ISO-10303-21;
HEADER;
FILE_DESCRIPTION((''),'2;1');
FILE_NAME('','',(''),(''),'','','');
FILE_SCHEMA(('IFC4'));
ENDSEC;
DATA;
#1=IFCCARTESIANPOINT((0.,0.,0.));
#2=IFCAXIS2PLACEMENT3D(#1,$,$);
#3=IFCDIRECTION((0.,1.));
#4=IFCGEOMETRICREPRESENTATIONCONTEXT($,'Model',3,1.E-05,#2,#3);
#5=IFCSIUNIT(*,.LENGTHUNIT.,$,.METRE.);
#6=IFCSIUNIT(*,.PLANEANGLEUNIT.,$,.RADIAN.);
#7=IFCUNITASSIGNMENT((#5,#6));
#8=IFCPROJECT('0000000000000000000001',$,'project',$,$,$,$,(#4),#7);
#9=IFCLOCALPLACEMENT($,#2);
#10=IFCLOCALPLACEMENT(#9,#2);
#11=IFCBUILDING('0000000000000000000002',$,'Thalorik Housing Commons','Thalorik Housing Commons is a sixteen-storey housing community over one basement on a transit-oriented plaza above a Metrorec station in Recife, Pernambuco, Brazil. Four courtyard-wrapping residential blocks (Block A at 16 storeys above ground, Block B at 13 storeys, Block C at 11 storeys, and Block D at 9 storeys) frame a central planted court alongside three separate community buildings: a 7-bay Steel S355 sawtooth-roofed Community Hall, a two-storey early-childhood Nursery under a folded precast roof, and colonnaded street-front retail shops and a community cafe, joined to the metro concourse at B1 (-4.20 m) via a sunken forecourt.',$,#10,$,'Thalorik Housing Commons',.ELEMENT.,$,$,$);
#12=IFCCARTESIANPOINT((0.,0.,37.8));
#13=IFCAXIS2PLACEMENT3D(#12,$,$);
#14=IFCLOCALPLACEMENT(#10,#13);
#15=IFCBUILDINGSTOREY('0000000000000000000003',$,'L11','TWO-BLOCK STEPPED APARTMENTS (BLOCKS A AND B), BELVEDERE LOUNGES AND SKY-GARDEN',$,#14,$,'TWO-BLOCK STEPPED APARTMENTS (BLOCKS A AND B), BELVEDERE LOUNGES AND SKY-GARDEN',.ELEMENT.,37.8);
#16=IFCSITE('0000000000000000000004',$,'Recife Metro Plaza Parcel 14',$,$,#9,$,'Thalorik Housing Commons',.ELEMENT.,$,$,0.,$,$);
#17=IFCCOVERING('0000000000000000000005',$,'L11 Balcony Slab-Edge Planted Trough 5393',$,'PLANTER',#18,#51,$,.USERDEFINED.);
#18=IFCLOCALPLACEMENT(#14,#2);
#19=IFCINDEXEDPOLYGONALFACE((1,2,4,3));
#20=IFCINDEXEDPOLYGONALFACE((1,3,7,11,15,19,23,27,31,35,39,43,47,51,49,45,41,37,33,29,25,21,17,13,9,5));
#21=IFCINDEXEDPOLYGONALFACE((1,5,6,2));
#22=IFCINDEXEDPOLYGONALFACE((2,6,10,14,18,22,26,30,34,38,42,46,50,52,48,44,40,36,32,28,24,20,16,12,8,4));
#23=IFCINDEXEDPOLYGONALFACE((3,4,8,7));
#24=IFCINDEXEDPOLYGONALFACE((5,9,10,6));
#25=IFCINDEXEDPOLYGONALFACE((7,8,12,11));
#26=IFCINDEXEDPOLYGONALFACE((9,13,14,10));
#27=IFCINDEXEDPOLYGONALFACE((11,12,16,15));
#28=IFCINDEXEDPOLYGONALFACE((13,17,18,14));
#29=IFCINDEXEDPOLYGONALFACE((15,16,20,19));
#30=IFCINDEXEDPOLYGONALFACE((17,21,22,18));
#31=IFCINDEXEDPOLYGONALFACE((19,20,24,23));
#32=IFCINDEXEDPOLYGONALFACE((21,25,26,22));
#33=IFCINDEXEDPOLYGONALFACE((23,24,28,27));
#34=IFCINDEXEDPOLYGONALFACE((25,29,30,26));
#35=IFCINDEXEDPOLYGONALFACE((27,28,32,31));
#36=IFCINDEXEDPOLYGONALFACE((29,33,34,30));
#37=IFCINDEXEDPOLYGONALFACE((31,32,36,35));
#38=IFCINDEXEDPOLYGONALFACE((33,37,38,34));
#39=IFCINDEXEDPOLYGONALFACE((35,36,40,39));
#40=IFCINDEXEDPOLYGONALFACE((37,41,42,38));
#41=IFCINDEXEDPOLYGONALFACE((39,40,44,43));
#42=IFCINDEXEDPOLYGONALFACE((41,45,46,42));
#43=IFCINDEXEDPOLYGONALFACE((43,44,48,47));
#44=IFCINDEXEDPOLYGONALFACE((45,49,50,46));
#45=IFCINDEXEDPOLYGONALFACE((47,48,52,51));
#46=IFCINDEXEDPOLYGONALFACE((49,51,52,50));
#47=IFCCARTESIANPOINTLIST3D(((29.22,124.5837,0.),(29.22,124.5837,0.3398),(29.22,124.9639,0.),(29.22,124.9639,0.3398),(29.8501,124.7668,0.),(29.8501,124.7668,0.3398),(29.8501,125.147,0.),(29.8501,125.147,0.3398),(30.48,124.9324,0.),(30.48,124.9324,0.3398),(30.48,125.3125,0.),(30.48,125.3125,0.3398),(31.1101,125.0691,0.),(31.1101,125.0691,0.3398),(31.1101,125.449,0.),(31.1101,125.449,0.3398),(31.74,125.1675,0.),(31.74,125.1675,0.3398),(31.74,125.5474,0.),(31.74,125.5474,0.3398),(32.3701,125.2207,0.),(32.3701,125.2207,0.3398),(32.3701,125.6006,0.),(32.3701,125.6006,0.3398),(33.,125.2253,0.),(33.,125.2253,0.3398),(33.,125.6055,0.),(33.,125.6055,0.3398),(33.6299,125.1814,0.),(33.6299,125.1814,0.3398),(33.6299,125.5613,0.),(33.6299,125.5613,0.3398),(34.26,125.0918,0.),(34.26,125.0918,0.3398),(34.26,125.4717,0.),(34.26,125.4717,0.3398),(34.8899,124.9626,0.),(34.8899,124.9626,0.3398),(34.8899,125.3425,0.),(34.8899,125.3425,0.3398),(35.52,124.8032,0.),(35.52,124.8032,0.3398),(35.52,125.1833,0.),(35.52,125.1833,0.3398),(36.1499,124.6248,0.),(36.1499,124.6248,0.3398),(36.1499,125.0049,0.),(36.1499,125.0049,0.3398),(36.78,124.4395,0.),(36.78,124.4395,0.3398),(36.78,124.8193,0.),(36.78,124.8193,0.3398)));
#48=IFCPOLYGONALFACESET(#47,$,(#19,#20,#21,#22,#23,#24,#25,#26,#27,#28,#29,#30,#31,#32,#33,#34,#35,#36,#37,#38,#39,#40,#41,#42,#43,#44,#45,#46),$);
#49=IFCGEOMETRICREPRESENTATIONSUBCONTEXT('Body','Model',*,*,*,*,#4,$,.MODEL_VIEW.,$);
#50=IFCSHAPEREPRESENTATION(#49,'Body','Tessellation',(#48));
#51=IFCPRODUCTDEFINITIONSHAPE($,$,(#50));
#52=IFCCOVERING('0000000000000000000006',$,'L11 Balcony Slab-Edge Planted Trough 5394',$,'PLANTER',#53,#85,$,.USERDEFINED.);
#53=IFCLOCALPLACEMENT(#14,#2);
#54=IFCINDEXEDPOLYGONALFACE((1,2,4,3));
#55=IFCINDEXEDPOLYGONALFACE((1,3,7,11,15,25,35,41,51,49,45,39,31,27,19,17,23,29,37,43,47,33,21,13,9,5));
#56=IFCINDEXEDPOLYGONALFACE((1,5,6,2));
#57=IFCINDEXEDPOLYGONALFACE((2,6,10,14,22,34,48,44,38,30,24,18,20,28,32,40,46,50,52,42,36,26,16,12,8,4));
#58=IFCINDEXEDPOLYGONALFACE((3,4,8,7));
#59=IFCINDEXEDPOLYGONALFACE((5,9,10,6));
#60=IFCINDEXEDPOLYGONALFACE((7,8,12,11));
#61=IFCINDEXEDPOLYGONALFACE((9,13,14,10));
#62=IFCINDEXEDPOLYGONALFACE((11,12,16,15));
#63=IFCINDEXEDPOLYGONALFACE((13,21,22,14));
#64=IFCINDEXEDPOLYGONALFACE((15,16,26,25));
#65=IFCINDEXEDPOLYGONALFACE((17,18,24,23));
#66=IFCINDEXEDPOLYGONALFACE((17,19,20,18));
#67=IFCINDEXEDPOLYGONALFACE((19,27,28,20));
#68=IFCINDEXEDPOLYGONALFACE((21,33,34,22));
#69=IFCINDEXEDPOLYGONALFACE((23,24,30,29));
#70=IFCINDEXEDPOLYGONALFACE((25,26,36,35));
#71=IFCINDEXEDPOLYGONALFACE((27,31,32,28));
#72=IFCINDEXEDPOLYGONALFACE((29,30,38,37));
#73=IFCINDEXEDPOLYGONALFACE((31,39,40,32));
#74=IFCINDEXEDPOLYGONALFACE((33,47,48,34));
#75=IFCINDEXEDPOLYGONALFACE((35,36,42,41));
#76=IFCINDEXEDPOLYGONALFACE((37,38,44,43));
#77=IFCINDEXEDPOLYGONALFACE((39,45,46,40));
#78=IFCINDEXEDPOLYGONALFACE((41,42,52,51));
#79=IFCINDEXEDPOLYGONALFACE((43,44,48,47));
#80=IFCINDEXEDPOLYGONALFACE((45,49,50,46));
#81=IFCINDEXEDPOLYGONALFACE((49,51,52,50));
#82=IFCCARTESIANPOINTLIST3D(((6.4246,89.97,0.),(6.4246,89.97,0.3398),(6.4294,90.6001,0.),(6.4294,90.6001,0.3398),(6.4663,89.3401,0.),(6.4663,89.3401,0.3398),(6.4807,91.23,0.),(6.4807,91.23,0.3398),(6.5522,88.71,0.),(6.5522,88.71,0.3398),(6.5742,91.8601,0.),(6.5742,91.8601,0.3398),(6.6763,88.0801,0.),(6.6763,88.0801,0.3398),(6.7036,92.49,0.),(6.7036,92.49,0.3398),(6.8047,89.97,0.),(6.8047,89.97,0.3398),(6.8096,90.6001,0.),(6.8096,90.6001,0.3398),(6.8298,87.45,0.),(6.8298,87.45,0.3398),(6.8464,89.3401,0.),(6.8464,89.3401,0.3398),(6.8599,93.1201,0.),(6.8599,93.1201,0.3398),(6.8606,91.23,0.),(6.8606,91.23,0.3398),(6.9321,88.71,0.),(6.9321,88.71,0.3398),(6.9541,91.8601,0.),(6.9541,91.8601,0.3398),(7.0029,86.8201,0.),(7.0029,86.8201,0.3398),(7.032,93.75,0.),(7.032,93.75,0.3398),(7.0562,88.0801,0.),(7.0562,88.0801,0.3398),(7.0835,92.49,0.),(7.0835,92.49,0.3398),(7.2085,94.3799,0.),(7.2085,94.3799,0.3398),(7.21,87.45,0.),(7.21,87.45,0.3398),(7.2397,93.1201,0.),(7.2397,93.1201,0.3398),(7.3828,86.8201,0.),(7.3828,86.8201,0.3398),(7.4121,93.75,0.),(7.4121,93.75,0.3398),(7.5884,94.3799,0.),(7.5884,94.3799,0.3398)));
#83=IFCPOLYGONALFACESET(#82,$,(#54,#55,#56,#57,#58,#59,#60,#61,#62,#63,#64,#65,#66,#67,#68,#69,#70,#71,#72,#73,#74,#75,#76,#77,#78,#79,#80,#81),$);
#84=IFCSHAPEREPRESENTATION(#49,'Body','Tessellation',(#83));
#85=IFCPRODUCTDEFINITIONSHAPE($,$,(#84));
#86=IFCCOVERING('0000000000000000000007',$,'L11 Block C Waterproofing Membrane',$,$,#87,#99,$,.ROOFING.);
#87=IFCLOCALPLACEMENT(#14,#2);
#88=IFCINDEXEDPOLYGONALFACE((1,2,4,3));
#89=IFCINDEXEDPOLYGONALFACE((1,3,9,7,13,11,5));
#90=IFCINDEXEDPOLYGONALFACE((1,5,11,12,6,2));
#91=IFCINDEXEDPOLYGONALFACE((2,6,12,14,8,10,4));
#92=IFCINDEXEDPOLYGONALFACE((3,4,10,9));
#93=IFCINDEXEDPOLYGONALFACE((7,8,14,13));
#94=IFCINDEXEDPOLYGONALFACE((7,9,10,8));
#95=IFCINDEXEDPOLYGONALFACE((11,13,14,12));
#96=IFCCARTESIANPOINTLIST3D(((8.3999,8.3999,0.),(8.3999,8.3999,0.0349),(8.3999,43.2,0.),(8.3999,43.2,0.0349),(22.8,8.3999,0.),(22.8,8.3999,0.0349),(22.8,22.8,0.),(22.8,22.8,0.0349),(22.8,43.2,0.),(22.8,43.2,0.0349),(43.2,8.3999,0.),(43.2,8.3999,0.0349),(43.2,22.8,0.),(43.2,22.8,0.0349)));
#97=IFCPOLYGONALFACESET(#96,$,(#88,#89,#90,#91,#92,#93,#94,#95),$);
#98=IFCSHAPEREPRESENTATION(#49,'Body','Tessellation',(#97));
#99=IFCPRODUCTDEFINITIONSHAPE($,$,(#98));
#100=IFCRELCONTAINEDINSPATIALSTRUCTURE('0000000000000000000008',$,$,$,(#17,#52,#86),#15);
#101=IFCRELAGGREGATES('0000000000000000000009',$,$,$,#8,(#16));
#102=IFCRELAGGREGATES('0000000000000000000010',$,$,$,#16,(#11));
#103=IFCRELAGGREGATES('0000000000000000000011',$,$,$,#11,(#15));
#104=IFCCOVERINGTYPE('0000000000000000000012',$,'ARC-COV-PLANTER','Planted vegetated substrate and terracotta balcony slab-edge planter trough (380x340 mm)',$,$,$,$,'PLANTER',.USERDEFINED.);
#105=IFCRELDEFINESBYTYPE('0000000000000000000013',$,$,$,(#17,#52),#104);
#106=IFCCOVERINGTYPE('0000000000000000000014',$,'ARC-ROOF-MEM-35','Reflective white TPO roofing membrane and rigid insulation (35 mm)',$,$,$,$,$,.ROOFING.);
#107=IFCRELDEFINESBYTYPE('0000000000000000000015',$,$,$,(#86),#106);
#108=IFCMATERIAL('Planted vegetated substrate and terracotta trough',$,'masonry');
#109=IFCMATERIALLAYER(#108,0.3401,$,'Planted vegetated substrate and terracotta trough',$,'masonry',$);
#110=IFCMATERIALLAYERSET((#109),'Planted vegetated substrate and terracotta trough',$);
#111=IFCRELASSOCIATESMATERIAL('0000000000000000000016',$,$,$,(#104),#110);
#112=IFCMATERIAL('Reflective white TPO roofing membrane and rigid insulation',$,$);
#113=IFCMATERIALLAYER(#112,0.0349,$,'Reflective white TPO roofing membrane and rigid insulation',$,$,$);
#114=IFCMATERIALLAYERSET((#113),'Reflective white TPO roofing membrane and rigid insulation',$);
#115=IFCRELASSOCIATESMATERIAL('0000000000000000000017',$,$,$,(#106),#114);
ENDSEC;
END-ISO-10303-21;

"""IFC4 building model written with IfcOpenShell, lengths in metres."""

from ifc_helpers import new_model, si_unit, direction, frame, origin, place, context, subcontext, project, spatial, polyline, outline, extrude, material, layer, layer_set, type_object, element, save


model = new_model("IFC4")

# Units and contexts
model_context = context("Model", 3, precision=1e-05, world=origin(), true_north=direction((0.0, 1.0)))
body_context = subcontext(model_context, "Body", "Model", "MODEL_VIEW")
ifc_project = project(units=[si_unit("LENGTHUNIT", "METRE"), si_unit("PLANEANGLEUNIT", "RADIAN")], contexts=[model_context])

# Site, building, storey
site_placement = place(None, origin())
site = spatial("IfcSite", under=ifc_project, at=site_placement, Name="Recife Metro Plaza Parcel 14", LongName="Thalorik Housing Commons", CompositionType="ELEMENT", RefElevation=0.0)
building_placement = place(site_placement, origin())
building = spatial("IfcBuilding", under=site, at=building_placement, Name="Thalorik Housing Commons", Description="Thalorik Housing Commons is a sixteen-storey housing community over one basement on a transit-oriented plaza above a Metrorec station in Recife, Pernambuco, Brazil. Four courtyard-wrapping residential blocks (Block A at 16 storeys above ground, Block B at 13 storeys, Block C at 11 storeys, and Block D at 9 storeys) frame a central planted court alongside three separate community buildings: a 7-bay Steel S355 sawtooth-roofed Community Hall, a two-storey early-childhood Nursery under a folded precast roof, and colonnaded street-front retail shops and a community cafe, joined to the metro concourse at B1 (-4.20 m) via a sunken forecourt.", LongName="Thalorik Housing Commons", CompositionType="ELEMENT")
storey_placement = place(building_placement, frame((0.0, 0.0, 37.8)))
storey = spatial("IfcBuildingStorey", under=building, at=storey_placement, Name="L11", Description="TWO-BLOCK STEPPED APARTMENTS (BLOCKS A AND B), BELVEDERE LOUNGES AND SKY-GARDEN", LongName="TWO-BLOCK STEPPED APARTMENTS (BLOCKS A AND B), BELVEDERE LOUNGES AND SKY-GARDEN", CompositionType="ELEMENT", Elevation=37.8)

# Coverings
ifc_material_1 = material(Name="Planted vegetated substrate and terracotta trough", Category="masonry")
ifc_layer_1 = layer(ifc_material_1, 0.3401, Name="Planted vegetated substrate and terracotta trough", Category="masonry")
ifc_layer_set_1 = layer_set([ifc_layer_1], Name="Planted vegetated substrate and terracotta trough")
covering_type_1 = type_object("IfcCoveringType", Name="ARC-COV-PLANTER", Description="Planted vegetated substrate and terracotta balcony slab-edge planter trough (380x340 mm)", ElementType="PLANTER", PredefinedType="USERDEFINED", material=ifc_layer_set_1)
covering_1_placement = place(storey_placement, origin())
element("IfcCovering", 1, at=covering_1_placement, inside=storey, type_object=covering_type_1, Name="L11 Balcony Slab-Edge Planted Trough 5393", ObjectType="PLANTER", PredefinedType="USERDEFINED", context=body_context, shape_type="SweptSolid", body=[
    extrude(outline(polyline([(36.78, 124.8193), (36.1499, 125.0049), (35.52, 125.1833), (34.8899, 125.3425), (34.26, 125.4717), (33.6299, 125.5613), (33.0, 125.6055), (32.3701, 125.6006), (31.74, 125.5474), (31.1101, 125.449), (30.48, 125.3125), (29.8501, 125.147), (29.22, 124.9639), (29.22, 124.5837), (29.8501, 124.7668), (30.48, 124.9324), (31.1101, 125.0691), (31.74, 125.1675), (32.3701, 125.2207), (33.0, 125.2253), (33.6299, 125.1814), (34.26, 125.0918), (34.8899, 124.9626), (35.52, 124.8032), (36.1499, 124.6248), (36.78, 124.4395), (36.78, 124.8193)])), origin(), (0.0, 0.0, 1.0), 0.3398),
])
covering_2_placement = place(storey_placement, origin())
element("IfcCovering", 2, at=covering_2_placement, inside=storey, type_object=covering_type_1, Name="L11 Balcony Slab-Edge Planted Trough 5394", ObjectType="PLANTER", PredefinedType="USERDEFINED", context=body_context, shape_type="SweptSolid", body=[
    extrude(outline(polyline([(7.2085, 94.3799), (7.032, 93.75), (6.8599, 93.1201), (6.7036, 92.49), (6.5742, 91.8601), (6.4807, 91.23), (6.4294, 90.6001), (6.4246, 89.97), (6.4663, 89.3401), (6.5522, 88.71), (6.6763, 88.0801), (6.8298, 87.45), (7.0029, 86.8201), (7.3828, 86.8201), (7.21, 87.45), (7.0562, 88.0801), (6.9321, 88.71), (6.8464, 89.3401), (6.8047, 89.97), (6.8096, 90.6001), (6.8606, 91.23), (6.9541, 91.8601), (7.0835, 92.49), (7.2397, 93.1201), (7.4121, 93.75), (7.5884, 94.3799), (7.2085, 94.3799)])), origin(), (0.0, 0.0, 1.0), 0.3398),
])
ifc_material_2 = material(Name="Reflective white TPO roofing membrane and rigid insulation")
ifc_layer_2 = layer(ifc_material_2, 0.0349, Name="Reflective white TPO roofing membrane and rigid insulation")
ifc_layer_set_2 = layer_set([ifc_layer_2], Name="Reflective white TPO roofing membrane and rigid insulation")
covering_type_2 = type_object("IfcCoveringType", Name="ARC-ROOF-MEM-35", Description="Reflective white TPO roofing membrane and rigid insulation (35 mm)", PredefinedType="ROOFING", material=ifc_layer_set_2)
covering_3_placement = place(storey_placement, origin())
element("IfcCovering", 3, at=covering_3_placement, inside=storey, type_object=covering_type_2, Name="L11 Block C Waterproofing Membrane", PredefinedType="ROOFING", context=body_context, shape_type="SweptSolid", body=[
    extrude(outline(polyline([(22.8, 22.8), (22.8, 43.2), (8.3999, 43.2), (8.3999, 8.3999), (22.8, 8.3999), (43.2, 8.3999), (43.2, 22.8), (22.8, 22.8)])), origin(), (0.0, 0.0, 1.0), 0.0349),
])

save(model, "model.ifc")
